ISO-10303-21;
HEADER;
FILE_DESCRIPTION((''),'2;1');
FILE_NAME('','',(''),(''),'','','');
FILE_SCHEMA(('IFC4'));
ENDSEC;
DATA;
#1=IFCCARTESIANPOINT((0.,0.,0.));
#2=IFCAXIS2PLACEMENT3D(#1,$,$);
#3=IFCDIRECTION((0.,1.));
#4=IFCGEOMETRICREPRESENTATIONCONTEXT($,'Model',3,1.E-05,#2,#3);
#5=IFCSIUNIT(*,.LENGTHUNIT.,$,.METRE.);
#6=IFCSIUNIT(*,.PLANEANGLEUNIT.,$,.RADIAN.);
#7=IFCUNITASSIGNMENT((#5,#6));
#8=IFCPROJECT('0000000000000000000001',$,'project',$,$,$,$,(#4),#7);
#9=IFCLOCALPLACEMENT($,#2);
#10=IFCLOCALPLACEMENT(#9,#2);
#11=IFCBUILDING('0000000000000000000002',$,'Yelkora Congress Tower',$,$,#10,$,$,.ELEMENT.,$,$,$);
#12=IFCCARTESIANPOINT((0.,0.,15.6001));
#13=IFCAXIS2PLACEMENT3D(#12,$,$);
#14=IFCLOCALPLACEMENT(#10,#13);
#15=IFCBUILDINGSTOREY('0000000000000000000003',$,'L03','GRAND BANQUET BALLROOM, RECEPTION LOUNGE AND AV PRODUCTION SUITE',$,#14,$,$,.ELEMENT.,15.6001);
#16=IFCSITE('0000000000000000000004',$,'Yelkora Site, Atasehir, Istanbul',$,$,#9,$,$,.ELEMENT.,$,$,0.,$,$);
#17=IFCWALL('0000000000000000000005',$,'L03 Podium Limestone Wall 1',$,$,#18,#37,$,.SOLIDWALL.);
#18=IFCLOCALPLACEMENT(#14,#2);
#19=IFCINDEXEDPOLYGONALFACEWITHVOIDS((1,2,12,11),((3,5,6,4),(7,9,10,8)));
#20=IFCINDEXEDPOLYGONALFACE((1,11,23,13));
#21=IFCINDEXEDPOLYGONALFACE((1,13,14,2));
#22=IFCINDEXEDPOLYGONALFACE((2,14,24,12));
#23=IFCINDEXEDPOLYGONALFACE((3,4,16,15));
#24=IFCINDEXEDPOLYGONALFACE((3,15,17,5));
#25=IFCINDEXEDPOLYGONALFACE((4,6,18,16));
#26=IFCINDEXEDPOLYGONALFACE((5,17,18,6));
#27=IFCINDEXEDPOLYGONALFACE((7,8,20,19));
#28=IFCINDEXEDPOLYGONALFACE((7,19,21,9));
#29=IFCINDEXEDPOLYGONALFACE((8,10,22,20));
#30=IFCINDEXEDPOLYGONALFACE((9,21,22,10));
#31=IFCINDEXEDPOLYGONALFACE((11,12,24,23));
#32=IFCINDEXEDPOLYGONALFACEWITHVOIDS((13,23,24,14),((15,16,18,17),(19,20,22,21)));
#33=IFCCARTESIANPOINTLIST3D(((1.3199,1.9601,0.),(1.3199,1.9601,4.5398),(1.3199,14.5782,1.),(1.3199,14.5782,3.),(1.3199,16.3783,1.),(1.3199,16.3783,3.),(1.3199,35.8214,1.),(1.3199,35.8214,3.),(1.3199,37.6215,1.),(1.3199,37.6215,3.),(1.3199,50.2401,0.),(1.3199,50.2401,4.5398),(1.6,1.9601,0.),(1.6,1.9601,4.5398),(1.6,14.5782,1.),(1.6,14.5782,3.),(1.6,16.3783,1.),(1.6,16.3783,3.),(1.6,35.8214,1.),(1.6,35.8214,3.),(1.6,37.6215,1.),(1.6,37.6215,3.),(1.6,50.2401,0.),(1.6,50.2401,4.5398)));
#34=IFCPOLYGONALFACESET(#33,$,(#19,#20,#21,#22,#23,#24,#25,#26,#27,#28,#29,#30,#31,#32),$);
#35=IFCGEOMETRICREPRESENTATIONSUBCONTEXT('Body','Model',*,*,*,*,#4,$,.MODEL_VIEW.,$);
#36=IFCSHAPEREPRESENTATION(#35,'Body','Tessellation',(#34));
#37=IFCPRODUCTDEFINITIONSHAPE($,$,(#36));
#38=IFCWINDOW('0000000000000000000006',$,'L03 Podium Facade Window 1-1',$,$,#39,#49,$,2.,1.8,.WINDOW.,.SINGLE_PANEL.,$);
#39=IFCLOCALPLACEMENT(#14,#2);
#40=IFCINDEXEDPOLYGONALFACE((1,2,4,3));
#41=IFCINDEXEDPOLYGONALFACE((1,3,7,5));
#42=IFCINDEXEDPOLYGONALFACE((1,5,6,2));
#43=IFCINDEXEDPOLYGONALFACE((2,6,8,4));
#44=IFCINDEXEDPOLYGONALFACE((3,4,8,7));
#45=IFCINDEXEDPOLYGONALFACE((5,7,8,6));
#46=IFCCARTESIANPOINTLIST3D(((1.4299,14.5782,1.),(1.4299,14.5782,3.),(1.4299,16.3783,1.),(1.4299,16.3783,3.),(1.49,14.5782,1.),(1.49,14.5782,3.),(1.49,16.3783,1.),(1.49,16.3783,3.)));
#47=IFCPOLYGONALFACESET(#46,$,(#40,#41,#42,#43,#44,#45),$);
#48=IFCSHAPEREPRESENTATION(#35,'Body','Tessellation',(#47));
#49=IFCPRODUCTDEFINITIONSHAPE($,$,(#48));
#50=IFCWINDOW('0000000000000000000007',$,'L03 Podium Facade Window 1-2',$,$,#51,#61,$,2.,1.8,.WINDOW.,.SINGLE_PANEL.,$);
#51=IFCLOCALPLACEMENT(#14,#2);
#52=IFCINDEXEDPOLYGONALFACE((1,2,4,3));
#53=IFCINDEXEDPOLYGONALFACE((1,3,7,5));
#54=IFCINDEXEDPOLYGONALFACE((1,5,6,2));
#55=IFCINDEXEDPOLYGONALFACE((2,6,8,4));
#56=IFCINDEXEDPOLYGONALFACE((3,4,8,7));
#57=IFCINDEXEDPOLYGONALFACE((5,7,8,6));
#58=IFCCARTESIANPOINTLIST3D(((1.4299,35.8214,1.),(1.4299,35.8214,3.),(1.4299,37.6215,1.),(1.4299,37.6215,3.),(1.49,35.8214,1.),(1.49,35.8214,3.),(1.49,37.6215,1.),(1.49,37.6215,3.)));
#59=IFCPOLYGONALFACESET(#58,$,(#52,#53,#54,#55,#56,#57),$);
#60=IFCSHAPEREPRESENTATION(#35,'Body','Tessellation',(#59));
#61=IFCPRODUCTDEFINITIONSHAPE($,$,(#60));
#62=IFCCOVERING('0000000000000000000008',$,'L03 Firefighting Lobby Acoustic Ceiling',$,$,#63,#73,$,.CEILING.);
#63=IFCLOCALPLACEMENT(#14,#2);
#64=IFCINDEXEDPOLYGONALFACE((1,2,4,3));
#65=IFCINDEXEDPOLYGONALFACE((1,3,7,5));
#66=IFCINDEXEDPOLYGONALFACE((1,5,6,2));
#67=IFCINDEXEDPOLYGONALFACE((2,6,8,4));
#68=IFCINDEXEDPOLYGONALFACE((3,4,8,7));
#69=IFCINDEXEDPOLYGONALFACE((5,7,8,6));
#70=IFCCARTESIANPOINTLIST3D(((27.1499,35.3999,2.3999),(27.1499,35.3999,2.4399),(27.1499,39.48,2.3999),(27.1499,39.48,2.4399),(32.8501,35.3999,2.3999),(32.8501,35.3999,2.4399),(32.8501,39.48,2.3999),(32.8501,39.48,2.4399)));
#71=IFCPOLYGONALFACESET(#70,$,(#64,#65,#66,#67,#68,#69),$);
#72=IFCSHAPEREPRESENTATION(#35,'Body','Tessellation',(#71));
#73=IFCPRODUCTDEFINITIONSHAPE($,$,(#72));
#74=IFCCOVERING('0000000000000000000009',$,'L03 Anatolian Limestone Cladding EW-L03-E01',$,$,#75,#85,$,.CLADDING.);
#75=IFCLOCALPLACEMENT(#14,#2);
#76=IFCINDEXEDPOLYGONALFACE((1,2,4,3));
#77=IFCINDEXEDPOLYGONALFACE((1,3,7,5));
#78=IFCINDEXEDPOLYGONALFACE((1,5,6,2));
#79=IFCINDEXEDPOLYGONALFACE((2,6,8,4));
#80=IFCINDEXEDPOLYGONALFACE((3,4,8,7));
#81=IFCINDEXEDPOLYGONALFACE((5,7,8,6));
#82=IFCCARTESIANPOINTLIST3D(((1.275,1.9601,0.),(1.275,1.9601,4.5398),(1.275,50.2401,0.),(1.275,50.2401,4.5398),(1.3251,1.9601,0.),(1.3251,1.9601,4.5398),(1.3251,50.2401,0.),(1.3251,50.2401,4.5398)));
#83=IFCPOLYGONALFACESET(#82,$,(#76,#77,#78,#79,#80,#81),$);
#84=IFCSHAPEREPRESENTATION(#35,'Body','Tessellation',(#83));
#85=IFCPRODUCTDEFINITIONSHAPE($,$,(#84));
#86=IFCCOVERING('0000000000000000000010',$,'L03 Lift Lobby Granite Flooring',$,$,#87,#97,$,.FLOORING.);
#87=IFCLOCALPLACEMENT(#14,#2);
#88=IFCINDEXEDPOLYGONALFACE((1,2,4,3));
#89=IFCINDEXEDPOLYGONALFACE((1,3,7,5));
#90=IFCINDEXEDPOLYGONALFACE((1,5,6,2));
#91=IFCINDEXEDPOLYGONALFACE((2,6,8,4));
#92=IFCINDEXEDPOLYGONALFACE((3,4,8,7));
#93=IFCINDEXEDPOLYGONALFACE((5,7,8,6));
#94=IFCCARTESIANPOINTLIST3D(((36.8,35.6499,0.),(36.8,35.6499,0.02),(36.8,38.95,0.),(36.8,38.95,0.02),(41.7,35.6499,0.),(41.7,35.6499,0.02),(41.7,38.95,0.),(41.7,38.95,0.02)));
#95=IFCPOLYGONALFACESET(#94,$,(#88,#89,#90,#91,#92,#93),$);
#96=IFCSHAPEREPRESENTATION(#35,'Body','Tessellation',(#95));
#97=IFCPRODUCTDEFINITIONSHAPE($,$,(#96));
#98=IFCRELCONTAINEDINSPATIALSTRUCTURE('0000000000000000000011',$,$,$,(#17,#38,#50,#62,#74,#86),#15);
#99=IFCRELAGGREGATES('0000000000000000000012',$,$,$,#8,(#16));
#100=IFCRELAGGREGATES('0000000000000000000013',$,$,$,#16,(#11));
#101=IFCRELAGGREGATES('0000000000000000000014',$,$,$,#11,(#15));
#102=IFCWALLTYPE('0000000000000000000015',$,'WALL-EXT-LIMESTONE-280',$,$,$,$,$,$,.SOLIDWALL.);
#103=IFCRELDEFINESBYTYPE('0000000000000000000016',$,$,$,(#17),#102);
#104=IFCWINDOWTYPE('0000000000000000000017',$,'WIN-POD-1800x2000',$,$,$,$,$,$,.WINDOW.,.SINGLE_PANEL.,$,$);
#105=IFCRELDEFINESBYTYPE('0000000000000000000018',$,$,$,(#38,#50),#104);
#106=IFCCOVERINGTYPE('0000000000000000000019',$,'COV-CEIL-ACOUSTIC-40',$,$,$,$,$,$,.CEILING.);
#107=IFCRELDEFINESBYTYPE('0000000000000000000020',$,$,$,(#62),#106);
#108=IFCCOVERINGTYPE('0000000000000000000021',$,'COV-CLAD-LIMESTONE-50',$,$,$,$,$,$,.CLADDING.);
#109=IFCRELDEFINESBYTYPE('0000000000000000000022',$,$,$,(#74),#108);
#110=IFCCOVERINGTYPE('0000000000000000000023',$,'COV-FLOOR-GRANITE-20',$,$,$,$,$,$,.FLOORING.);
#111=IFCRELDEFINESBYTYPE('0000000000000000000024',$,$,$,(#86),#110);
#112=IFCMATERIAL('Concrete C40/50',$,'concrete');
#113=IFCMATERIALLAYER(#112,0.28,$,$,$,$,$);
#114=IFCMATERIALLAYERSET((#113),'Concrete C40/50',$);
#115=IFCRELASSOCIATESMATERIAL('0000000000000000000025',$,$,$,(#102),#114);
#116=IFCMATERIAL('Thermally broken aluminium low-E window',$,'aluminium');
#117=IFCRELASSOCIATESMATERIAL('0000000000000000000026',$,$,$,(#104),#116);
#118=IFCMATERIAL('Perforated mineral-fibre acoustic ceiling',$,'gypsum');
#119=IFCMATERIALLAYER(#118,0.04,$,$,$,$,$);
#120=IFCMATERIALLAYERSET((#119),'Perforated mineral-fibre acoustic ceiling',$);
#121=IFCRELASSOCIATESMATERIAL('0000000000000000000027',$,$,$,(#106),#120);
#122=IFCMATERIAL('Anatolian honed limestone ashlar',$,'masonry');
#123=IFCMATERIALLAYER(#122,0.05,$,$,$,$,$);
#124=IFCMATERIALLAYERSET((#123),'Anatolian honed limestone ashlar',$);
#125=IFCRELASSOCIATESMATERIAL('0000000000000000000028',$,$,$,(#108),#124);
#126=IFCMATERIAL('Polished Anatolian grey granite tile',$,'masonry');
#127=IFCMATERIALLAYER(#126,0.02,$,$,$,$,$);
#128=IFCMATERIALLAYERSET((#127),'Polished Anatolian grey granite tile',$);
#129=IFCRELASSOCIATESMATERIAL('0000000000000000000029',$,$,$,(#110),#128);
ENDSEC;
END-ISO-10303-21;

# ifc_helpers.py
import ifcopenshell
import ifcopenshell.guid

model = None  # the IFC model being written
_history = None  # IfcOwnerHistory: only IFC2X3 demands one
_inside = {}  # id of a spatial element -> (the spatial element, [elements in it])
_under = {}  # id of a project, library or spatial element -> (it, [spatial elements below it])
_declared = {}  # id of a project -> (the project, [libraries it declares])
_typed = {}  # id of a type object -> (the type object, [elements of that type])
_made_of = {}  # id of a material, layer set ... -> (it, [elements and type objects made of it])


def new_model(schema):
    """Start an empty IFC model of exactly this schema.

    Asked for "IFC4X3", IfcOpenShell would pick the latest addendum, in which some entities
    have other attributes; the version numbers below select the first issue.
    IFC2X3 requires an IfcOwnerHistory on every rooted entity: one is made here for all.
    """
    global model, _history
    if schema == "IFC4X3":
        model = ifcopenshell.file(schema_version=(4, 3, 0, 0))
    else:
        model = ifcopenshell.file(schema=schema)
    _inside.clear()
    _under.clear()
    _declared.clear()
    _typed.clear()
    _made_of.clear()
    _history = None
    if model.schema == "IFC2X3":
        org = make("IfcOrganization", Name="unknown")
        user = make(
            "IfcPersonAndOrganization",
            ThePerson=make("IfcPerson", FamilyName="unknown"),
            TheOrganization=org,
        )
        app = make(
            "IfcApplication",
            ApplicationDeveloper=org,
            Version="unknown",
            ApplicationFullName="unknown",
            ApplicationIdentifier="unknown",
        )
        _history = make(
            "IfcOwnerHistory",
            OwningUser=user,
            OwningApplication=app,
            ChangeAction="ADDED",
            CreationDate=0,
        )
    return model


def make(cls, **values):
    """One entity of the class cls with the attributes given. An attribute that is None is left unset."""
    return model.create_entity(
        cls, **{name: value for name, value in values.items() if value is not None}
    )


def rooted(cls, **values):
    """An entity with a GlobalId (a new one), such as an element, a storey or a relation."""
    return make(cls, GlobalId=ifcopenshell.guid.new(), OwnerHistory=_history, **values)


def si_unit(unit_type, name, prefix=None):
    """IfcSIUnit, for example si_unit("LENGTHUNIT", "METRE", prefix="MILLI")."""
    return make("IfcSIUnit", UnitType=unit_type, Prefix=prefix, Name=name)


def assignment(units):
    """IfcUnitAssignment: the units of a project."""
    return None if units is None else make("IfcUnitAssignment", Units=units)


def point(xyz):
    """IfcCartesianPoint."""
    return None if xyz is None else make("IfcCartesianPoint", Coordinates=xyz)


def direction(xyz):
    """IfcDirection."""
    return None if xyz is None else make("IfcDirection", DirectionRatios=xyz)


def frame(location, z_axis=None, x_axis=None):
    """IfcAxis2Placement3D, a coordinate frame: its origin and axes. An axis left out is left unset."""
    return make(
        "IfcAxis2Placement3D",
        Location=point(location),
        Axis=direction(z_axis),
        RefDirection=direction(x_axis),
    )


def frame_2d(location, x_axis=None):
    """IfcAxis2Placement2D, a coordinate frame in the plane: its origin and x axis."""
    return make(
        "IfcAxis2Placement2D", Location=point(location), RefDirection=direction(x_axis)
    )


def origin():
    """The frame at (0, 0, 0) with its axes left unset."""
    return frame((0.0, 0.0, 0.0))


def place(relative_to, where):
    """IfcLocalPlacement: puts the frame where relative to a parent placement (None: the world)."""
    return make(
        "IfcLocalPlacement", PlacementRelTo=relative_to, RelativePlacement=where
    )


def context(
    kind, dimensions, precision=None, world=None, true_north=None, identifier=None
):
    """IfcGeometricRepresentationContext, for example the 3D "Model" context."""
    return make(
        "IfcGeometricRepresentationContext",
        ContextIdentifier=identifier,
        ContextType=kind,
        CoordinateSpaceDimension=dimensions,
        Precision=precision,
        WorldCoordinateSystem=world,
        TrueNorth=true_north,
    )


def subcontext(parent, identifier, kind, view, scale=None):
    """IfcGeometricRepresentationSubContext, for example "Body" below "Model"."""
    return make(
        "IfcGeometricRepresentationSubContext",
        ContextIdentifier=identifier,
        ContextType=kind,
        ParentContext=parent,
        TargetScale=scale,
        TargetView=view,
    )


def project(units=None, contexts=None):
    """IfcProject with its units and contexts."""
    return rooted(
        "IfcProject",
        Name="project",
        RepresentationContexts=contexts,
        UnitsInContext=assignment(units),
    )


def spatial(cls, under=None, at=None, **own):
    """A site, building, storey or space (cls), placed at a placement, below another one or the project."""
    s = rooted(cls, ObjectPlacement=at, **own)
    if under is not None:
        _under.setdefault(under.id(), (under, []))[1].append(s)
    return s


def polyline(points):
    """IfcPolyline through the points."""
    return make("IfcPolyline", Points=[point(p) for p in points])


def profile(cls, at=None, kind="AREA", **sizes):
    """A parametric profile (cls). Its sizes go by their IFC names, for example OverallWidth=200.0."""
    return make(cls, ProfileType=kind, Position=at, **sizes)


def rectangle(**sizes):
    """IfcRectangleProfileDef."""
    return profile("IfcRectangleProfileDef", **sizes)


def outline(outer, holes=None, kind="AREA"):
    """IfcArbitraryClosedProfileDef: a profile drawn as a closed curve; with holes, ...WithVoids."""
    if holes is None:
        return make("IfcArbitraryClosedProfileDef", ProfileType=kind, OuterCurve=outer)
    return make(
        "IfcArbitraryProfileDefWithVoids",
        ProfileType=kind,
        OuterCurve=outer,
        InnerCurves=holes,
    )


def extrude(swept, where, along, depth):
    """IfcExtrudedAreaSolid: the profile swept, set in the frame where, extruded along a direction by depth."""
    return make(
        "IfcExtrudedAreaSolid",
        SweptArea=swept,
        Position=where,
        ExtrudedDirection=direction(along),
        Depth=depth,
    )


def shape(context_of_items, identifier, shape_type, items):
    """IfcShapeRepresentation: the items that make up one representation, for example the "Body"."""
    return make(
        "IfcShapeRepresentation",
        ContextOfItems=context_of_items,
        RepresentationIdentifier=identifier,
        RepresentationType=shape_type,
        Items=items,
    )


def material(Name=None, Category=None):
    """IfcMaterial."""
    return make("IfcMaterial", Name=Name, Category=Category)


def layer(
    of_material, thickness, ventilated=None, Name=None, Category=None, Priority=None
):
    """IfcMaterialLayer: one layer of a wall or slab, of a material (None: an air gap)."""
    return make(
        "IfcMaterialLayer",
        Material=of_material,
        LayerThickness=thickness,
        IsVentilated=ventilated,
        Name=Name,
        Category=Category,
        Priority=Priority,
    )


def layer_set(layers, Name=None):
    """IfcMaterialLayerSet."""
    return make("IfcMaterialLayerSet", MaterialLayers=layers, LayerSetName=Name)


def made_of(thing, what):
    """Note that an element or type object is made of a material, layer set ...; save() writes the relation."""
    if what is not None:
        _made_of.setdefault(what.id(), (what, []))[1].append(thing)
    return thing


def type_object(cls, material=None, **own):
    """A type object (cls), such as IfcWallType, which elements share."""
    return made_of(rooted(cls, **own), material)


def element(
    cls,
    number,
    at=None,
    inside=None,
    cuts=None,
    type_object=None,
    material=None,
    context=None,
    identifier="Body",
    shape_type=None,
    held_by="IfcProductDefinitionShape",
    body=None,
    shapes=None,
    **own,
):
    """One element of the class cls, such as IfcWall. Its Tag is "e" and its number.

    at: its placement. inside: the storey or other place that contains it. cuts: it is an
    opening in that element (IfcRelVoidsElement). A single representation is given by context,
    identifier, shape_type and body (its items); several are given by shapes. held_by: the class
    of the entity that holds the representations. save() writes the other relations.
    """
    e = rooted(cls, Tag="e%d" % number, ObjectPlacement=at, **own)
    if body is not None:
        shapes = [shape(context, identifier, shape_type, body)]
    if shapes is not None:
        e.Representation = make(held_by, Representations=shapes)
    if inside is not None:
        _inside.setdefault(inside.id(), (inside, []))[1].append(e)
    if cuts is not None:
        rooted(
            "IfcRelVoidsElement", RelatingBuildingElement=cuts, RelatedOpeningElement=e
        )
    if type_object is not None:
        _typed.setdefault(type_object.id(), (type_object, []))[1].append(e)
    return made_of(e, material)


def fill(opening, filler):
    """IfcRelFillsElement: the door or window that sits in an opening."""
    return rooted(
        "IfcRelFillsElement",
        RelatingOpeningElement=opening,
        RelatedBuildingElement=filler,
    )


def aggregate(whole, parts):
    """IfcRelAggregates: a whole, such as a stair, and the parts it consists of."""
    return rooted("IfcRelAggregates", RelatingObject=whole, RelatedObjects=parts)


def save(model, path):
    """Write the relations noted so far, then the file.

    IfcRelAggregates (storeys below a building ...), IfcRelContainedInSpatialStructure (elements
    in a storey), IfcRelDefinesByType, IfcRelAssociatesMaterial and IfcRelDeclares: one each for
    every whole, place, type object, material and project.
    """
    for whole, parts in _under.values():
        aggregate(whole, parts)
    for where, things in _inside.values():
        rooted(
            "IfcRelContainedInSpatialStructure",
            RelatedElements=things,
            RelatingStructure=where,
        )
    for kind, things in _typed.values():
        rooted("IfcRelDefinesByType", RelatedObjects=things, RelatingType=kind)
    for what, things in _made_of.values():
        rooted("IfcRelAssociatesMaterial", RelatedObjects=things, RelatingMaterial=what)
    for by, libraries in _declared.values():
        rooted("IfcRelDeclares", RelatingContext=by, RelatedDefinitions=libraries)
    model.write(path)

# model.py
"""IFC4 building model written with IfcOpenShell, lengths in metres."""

from ifc_helpers import new_model, si_unit, direction, frame, frame_2d, origin, place, context, subcontext, project, spatial, polyline, rectangle, outline, extrude, material, layer, layer_set, type_object, element, fill, save


model = new_model("IFC4")

# Units and contexts
model_context = context("Model", 3, precision=1e-05, world=origin(), true_north=direction((0.0, 1.0)))
body_context = subcontext(model_context, "Body", "Model", "MODEL_VIEW")
ifc_project = project(units=[si_unit("LENGTHUNIT", "METRE"), si_unit("PLANEANGLEUNIT", "RADIAN")], contexts=[model_context])

# Site, building, storey
site_placement = place(None, origin())
site = spatial("IfcSite", under=ifc_project, at=site_placement, Name="Yelkora Site, Atasehir, Istanbul", CompositionType="ELEMENT", RefElevation=0.0)
building_placement = place(site_placement, origin())
building = spatial("IfcBuilding", under=site, at=building_placement, Name="Yelkora Congress Tower", CompositionType="ELEMENT")
storey_placement = place(building_placement, frame((0.0, 0.0, 15.6001)))
storey = spatial("IfcBuildingStorey", under=building, at=storey_placement, Name="L03", Description="GRAND BANQUET BALLROOM, RECEPTION LOUNGE AND AV PRODUCTION SUITE", CompositionType="ELEMENT", Elevation=15.6001)

# Shared definitions
ifc_material_1 = material(Name="Concrete C40/50", Category="concrete")

# Wall, openings, windows
ifc_layer_1 = layer(ifc_material_1, 0.28)
ifc_layer_set_1 = layer_set([ifc_layer_1], Name="Concrete C40/50")
wall_type = type_object("IfcWallType", Name="WALL-EXT-LIMESTONE-280", PredefinedType="SOLIDWALL", material=ifc_layer_set_1)
wall_placement = place(storey_placement, frame((1.46, 1.96, 0.0), z_axis=(0.0, 0.0, 1.0), x_axis=(0.0, 1.0, 0.0)))
wall = element("IfcWall", 1, at=wall_placement, inside=storey, type_object=wall_type, Name="L03 Podium Limestone Wall 1", PredefinedType="SOLIDWALL", context=body_context, shape_type="SweptSolid", body=[
    extrude(rectangle(XDim=48.28, YDim=0.28, at=frame_2d((24.1401, 0.0))), origin(), (0.0, 0.0, 1.0), 4.5398),
])
opening_1_placement = place(wall_placement, frame((12.6184, 0.0, 1.0)))
opening_1 = element("IfcOpeningElement", 2, at=opening_1_placement, cuts=wall, PredefinedType="OPENING", context=body_context, shape_type="SweptSolid", body=[
    extrude(rectangle(XDim=1.8, YDim=2.0, at=frame_2d((0.8999, 1.0))), frame((0.0, 0.1499, 0.0), z_axis=(0.0, -1.0, 0.0), x_axis=(1.0, 0.0, 0.0)), (0.0, 0.0, 1.0), 0.3),
])
opening_2_placement = place(wall_placement, frame((33.8616, 0.0, 1.0)))
opening_2 = element("IfcOpeningElement", 3, at=opening_2_placement, cuts=wall, PredefinedType="OPENING", context=body_context, shape_type="SweptSolid", body=[
    extrude(rectangle(XDim=1.8, YDim=2.0, at=frame_2d((0.8999, 1.0))), frame((0.0, 0.1499, 0.0), z_axis=(0.0, -1.0, 0.0), x_axis=(1.0, 0.0, 0.0)), (0.0, 0.0, 1.0), 0.3),
])
ifc_material_2 = material(Name="Thermally broken aluminium low-E window", Category="aluminium")
window_type = type_object("IfcWindowType", Name="WIN-POD-1800x2000", PartitioningType="SINGLE_PANEL", PredefinedType="WINDOW", material=ifc_material_2)
window_1_placement = place(opening_1_placement, origin())
window_1 = element("IfcWindow", 4, at=window_1_placement, inside=storey, type_object=window_type, Name="L03 Podium Facade Window 1-1", OverallHeight=2.0, OverallWidth=1.8, PartitioningType="SINGLE_PANEL", PredefinedType="WINDOW", context=body_context, shape_type="SweptSolid", body=[
    extrude(rectangle(XDim=1.8, YDim=2.0, at=frame_2d((0.8999, 1.0))), frame((0.0, 0.03, 0.0), z_axis=(0.0, -1.0, 0.0), x_axis=(1.0, 0.0, 0.0)), (0.0, 0.0, 1.0), 0.0601),
])
fill(opening_1, window_1)
window_2_placement = place(opening_2_placement, origin())
window_2 = element("IfcWindow", 5, at=window_2_placement, inside=storey, type_object=window_type, Name="L03 Podium Facade Window 1-2", OverallHeight=2.0, OverallWidth=1.8, PartitioningType="SINGLE_PANEL", PredefinedType="WINDOW", context=body_context, shape_type="SweptSolid", body=[
    extrude(rectangle(XDim=1.8, YDim=2.0, at=frame_2d((0.8999, 1.0))), frame((0.0, 0.03, 0.0), z_axis=(0.0, -1.0, 0.0), x_axis=(1.0, 0.0, 0.0)), (0.0, 0.0, 1.0), 0.0601),
])
fill(opening_2, window_2)

# Coverings
ifc_material_3 = material(Name="Perforated mineral-fibre acoustic ceiling", Category="gypsum")
ifc_layer_2 = layer(ifc_material_3, 0.04)
ifc_layer_set_2 = layer_set([ifc_layer_2], Name="Perforated mineral-fibre acoustic ceiling")
covering_type_1 = type_object("IfcCoveringType", Name="COV-CEIL-ACOUSTIC-40", PredefinedType="CEILING", material=ifc_layer_set_2)
covering_1_placement = place(storey_placement, frame((0.0, 0.0, 2.3999)))
element("IfcCovering", 6, at=covering_1_placement, inside=storey, type_object=covering_type_1, Name="L03 Firefighting Lobby Acoustic Ceiling", PredefinedType="CEILING", context=body_context, shape_type="SweptSolid", body=[
    extrude(outline(polyline([(27.1499, 35.3999), (32.8501, 35.3999), (32.8501, 39.48), (27.1499, 39.48), (27.1499, 35.3999)])), origin(), (0.0, 0.0, 1.0), 0.04),
])
ifc_material_4 = material(Name="Anatolian honed limestone ashlar", Category="masonry")
ifc_layer_3 = layer(ifc_material_4, 0.05)
ifc_layer_set_3 = layer_set([ifc_layer_3], Name="Anatolian honed limestone ashlar")
covering_type_2 = type_object("IfcCoveringType", Name="COV-CLAD-LIMESTONE-50", PredefinedType="CLADDING", material=ifc_layer_set_3)
covering_2_placement = place(storey_placement, frame((1.3, 1.96, 0.0), z_axis=(0.0, 0.0, 1.0), x_axis=(0.0, 1.0, 0.0)))
element("IfcCovering", 7, at=covering_2_placement, inside=storey, type_object=covering_type_2, Name="L03 Anatolian Limestone Cladding EW-L03-E01", PredefinedType="CLADDING", context=body_context, shape_type="SweptSolid", body=[
    extrude(rectangle(XDim=48.28, YDim=0.05, at=frame_2d((24.1401, 0.0))), origin(), (0.0, 0.0, 1.0), 4.5398),
])
ifc_material_5 = material(Name="Polished Anatolian grey granite tile", Category="masonry")
ifc_layer_4 = layer(ifc_material_5, 0.02)
ifc_layer_set_4 = layer_set([ifc_layer_4], Name="Polished Anatolian grey granite tile")
covering_type_3 = type_object("IfcCoveringType", Name="COV-FLOOR-GRANITE-20", PredefinedType="FLOORING", material=ifc_layer_set_4)
covering_3_placement = place(storey_placement, origin())
element("IfcCovering", 8, at=covering_3_placement, inside=storey, type_object=covering_type_3, Name="L03 Lift Lobby Granite Flooring", PredefinedType="FLOORING", context=body_context, shape_type="SweptSolid", body=[
    extrude(outline(polyline([(36.8, 35.6499), (41.7, 35.6499), (41.7, 38.95), (36.8, 38.95), (36.8, 35.6499)])), origin(), (0.0, 0.0, 1.0), 0.02),
])

save(model, "model.ifc")
